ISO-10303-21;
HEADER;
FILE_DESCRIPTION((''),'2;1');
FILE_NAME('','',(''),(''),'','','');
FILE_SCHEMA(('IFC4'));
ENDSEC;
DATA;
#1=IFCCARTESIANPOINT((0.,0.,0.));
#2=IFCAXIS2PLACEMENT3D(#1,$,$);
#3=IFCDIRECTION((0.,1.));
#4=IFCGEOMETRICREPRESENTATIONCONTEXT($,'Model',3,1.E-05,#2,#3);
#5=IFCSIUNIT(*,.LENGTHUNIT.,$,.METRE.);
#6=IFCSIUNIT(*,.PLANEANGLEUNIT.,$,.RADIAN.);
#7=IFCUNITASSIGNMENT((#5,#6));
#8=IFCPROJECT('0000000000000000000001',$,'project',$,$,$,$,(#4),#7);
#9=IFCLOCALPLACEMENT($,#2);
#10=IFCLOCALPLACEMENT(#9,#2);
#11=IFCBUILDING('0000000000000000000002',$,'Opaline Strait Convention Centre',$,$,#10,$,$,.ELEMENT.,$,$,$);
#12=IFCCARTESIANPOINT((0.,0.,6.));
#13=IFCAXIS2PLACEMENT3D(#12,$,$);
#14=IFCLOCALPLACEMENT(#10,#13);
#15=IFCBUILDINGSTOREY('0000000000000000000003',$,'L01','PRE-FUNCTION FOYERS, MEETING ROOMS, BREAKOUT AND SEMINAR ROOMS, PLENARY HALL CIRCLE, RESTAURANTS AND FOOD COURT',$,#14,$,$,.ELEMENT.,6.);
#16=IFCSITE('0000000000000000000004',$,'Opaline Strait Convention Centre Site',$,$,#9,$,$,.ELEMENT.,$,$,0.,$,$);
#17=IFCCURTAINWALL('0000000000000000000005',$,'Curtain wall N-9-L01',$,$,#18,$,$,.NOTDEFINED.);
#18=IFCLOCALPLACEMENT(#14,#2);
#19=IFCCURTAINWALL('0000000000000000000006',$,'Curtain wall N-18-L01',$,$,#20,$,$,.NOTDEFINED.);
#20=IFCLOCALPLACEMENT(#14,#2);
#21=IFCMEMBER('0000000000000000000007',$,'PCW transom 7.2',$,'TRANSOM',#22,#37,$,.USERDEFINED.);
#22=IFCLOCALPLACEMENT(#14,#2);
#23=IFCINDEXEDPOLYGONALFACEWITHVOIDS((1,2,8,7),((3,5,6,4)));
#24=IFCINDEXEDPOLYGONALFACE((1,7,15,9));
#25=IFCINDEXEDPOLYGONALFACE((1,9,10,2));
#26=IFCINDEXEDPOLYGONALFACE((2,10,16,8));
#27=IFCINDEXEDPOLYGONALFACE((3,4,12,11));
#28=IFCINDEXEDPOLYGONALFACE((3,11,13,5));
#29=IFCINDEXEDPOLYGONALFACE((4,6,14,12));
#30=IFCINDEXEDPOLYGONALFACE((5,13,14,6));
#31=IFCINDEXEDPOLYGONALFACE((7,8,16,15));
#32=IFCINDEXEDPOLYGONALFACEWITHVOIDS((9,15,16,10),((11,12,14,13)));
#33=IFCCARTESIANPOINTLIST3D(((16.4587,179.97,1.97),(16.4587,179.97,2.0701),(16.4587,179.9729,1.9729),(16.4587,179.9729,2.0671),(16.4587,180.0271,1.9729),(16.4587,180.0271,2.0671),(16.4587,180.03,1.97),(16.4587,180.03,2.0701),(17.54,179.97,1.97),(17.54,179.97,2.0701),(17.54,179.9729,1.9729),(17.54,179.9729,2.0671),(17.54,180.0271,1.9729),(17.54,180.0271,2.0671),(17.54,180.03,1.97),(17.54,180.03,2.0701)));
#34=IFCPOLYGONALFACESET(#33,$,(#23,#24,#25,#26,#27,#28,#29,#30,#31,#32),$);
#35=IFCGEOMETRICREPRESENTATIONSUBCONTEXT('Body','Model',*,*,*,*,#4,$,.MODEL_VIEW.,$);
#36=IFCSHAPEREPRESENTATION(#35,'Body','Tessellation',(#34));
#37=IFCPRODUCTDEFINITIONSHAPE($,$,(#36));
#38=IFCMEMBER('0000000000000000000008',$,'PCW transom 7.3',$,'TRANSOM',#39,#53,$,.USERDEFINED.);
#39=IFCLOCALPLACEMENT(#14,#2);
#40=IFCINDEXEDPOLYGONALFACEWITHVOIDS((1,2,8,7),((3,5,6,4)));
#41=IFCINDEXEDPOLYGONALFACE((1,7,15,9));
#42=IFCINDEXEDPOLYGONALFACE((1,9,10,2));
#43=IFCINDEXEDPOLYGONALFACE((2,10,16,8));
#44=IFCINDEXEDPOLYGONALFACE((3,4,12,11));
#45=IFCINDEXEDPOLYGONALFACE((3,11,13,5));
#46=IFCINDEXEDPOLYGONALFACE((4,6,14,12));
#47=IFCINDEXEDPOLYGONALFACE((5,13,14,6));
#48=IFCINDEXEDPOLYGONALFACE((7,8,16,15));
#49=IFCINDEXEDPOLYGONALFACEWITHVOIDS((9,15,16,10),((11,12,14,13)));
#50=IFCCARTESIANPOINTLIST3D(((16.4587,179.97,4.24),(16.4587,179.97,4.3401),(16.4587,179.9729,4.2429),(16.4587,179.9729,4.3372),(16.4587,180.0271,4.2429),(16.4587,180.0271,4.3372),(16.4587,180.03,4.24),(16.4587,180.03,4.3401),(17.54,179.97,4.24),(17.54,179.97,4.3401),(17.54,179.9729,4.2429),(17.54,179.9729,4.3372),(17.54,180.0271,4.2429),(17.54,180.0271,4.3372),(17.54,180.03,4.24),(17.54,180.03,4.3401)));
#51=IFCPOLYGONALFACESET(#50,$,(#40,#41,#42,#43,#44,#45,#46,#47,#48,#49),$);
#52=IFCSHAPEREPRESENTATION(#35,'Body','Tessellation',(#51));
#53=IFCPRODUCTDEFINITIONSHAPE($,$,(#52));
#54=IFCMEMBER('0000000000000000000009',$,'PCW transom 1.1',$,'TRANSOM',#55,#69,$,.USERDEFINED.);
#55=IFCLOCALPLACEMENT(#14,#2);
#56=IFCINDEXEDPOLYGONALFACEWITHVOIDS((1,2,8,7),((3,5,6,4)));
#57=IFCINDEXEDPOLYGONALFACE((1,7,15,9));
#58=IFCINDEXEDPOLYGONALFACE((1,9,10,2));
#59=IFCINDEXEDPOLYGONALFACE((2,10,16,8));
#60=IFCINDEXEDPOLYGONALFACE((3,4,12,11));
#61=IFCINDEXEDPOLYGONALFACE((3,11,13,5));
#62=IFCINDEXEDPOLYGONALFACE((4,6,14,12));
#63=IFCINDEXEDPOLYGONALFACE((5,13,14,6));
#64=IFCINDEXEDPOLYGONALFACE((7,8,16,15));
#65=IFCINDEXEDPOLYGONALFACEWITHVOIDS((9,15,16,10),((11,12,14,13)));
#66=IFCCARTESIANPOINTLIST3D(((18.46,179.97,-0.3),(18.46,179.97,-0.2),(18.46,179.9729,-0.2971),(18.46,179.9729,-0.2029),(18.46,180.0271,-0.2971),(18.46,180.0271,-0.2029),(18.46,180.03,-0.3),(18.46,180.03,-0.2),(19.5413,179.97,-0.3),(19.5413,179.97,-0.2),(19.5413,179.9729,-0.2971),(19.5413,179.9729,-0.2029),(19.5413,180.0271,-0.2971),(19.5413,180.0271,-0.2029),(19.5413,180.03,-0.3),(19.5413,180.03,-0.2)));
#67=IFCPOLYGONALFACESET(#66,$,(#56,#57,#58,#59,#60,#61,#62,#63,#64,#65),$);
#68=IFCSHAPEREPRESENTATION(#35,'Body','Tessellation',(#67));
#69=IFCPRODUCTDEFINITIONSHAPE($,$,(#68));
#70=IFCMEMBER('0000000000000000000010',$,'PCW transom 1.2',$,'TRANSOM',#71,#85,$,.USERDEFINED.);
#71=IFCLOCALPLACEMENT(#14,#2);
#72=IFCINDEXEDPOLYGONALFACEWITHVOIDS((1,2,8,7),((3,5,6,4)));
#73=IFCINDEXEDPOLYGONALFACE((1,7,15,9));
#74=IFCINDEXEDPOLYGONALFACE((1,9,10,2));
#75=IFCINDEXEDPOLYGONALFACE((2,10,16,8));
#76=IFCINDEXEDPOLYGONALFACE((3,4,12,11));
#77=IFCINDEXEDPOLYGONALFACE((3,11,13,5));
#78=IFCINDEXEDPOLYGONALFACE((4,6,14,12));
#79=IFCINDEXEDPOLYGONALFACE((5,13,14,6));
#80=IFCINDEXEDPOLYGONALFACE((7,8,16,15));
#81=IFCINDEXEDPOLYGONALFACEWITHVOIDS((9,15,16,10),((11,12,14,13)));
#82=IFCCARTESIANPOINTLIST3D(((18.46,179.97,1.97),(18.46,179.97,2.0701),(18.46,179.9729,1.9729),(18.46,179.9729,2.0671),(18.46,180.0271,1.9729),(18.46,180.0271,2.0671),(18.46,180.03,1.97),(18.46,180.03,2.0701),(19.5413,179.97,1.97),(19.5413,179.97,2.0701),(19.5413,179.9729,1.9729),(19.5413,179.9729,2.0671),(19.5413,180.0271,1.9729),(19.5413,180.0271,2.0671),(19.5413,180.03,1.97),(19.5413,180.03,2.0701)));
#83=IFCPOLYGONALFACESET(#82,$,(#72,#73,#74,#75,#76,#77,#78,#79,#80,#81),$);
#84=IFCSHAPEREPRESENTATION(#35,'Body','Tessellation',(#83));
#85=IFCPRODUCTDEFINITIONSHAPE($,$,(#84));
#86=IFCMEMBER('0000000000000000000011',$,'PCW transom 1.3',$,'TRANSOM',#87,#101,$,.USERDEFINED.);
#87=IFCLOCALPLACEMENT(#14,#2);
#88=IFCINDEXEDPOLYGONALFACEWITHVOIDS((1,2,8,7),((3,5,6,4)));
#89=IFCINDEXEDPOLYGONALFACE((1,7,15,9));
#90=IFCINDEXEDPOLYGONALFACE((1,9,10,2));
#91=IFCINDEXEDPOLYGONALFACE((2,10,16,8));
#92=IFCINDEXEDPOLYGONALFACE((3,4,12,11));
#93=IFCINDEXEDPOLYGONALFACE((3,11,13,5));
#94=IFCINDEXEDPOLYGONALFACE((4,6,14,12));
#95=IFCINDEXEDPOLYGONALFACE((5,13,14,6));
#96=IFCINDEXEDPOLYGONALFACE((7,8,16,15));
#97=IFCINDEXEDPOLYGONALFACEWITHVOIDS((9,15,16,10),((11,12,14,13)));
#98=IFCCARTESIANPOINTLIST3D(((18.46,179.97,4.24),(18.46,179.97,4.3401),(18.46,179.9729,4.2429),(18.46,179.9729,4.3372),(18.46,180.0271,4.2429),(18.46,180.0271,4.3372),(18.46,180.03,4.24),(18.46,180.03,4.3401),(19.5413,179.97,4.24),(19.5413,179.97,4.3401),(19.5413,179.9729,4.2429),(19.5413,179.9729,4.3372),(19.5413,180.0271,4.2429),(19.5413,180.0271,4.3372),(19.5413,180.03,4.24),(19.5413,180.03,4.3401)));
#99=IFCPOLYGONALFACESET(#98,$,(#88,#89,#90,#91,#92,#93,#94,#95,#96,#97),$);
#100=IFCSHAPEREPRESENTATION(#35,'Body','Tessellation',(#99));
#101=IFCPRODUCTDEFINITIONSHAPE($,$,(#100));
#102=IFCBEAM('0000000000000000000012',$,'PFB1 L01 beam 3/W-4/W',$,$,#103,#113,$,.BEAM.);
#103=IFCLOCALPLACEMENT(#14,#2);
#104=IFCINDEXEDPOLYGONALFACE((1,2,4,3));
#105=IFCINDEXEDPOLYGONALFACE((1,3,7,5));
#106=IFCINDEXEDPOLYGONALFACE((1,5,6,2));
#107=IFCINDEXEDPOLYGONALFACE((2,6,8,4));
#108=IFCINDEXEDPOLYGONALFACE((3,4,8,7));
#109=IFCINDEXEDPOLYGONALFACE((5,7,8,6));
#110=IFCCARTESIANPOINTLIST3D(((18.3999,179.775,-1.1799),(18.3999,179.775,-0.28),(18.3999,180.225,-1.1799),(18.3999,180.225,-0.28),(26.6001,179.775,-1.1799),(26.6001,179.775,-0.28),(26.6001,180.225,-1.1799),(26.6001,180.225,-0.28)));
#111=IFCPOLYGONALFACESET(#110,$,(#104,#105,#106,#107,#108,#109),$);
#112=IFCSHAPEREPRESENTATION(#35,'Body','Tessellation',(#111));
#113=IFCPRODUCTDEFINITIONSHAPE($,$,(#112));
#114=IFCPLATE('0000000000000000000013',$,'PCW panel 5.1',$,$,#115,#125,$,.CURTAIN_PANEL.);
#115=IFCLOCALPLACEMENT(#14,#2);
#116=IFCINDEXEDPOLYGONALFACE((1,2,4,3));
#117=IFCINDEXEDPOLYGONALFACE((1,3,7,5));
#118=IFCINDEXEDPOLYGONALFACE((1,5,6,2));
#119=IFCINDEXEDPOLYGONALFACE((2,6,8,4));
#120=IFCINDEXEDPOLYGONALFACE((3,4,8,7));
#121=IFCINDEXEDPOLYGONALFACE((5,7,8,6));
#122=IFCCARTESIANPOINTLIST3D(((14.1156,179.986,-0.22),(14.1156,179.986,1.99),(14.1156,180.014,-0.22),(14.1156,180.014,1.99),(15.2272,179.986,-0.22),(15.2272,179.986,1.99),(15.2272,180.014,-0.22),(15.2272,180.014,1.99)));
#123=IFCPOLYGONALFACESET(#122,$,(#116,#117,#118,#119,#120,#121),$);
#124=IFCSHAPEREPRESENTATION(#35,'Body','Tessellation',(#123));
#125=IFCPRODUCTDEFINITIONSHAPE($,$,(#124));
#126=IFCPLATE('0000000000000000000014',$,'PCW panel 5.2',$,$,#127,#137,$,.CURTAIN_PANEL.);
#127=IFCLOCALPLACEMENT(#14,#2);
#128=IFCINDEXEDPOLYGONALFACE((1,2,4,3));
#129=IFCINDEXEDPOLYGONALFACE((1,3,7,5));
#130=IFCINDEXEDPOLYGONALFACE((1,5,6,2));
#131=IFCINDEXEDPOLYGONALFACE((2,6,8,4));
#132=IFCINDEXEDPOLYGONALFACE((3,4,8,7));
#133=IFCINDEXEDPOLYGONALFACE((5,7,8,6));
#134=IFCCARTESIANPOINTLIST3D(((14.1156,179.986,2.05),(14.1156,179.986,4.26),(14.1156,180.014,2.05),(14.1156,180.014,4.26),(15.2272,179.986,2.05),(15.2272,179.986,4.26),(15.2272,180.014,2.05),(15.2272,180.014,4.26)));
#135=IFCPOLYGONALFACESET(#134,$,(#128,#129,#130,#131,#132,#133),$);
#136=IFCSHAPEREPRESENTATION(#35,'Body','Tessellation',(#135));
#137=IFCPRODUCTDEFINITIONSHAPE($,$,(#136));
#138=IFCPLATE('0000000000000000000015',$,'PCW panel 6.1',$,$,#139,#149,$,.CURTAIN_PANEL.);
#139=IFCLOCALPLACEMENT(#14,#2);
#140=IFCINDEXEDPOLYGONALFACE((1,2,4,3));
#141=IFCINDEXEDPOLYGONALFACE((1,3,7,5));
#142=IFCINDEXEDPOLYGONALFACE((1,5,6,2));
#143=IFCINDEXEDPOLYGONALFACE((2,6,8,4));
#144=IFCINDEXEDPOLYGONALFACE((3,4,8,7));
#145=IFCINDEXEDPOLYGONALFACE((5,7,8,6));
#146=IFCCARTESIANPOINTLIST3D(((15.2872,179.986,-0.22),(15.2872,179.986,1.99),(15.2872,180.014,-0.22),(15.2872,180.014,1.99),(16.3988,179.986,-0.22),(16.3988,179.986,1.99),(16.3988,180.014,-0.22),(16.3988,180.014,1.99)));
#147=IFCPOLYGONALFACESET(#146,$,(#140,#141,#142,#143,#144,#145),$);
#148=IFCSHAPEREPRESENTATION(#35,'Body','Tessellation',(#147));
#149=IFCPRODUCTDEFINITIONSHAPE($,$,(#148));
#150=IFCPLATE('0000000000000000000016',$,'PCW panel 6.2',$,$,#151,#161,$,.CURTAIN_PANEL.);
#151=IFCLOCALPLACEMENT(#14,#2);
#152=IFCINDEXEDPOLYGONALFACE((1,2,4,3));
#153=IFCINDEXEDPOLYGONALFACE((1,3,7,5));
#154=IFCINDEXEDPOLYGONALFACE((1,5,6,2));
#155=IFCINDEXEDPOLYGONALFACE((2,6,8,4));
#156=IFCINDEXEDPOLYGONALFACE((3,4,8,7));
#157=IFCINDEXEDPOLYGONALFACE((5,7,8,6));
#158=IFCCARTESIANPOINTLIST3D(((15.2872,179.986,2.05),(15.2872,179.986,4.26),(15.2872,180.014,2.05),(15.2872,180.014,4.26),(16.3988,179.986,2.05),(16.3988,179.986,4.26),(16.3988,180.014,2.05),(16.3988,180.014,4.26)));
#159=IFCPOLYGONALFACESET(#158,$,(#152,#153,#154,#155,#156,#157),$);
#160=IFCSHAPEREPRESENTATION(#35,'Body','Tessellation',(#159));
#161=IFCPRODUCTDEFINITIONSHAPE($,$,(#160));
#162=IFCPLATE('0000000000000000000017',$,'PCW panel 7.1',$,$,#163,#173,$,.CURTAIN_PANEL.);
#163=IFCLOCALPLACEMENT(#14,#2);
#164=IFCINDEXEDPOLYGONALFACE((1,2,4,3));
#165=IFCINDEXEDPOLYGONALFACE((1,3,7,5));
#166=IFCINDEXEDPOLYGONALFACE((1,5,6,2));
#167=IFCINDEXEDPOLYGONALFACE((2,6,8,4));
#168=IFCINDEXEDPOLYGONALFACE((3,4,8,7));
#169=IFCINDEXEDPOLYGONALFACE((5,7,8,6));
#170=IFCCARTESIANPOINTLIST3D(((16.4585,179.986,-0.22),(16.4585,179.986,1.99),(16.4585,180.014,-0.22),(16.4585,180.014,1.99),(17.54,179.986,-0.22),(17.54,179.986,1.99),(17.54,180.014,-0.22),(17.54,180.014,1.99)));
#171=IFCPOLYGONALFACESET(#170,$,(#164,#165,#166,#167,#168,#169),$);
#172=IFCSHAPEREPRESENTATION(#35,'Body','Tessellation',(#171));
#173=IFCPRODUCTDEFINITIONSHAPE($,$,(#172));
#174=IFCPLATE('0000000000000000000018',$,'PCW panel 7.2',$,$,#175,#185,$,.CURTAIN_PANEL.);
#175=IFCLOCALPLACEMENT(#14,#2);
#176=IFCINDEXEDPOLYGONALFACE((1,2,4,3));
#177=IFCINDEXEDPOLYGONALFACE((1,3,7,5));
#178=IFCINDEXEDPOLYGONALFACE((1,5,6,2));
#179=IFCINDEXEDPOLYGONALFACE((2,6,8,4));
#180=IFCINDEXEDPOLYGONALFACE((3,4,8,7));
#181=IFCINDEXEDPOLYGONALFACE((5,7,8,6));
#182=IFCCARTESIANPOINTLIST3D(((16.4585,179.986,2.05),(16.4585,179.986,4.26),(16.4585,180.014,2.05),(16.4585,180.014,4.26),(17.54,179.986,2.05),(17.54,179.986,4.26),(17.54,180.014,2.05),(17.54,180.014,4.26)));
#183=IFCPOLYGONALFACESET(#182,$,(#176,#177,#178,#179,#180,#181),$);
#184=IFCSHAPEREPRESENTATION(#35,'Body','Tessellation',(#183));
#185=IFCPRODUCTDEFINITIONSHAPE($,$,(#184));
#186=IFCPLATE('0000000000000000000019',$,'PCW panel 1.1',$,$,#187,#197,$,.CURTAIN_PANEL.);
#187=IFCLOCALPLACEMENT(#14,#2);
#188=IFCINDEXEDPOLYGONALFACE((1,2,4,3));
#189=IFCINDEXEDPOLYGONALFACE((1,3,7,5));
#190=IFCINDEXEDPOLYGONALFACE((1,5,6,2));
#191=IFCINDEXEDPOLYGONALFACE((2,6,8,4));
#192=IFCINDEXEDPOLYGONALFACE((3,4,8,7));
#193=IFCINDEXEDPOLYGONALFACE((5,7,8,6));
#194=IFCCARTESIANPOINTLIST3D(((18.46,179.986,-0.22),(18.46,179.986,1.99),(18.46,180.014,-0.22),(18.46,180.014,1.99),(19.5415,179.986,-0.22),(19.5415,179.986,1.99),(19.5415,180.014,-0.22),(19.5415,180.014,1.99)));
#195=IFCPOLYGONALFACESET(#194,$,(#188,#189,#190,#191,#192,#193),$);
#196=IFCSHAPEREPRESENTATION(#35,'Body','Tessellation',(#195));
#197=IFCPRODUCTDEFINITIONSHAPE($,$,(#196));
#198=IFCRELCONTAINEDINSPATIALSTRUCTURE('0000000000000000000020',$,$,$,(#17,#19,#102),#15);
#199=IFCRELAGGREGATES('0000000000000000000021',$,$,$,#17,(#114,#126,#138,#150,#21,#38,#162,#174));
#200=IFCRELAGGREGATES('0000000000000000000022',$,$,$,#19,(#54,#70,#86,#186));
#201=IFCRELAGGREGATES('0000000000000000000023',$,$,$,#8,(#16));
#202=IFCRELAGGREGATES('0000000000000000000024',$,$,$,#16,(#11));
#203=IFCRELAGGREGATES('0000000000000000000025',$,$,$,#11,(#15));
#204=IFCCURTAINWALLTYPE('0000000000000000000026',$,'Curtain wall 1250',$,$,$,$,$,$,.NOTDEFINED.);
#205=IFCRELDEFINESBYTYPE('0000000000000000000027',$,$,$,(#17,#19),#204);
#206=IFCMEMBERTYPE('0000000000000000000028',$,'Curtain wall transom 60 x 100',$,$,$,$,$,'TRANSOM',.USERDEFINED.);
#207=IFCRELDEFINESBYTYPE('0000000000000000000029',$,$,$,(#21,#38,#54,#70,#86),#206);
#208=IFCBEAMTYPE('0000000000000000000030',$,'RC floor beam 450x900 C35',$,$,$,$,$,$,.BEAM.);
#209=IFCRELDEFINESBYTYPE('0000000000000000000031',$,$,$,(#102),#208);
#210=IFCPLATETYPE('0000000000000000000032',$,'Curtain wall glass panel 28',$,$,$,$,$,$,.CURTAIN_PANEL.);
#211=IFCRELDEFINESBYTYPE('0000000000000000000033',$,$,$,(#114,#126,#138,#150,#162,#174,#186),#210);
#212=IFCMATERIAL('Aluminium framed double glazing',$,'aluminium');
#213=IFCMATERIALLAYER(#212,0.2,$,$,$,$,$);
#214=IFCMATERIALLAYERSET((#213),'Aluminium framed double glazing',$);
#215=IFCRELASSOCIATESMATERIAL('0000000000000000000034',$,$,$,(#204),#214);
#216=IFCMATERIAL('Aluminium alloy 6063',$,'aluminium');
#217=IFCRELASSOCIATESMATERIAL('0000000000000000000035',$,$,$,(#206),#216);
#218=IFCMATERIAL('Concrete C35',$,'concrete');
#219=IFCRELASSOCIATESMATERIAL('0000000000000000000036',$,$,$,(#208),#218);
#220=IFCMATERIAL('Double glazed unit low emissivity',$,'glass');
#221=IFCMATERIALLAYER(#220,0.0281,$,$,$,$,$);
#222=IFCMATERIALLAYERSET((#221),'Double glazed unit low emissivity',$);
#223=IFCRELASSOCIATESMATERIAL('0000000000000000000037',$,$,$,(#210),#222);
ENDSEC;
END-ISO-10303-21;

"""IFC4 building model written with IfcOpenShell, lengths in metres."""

from ifc_helpers import new_model, si_unit, direction, frame, origin, origin_2d, place, context, subcontext, project, spatial, rectangle, hollow_rectangle, extrude, material, layer, layer_set, material_profile, profile_set, type_object, element, aggregate, save


model = new_model("IFC4")

# Units and contexts
model_context = context("Model", 3, precision=1e-05, world=origin(), true_north=direction((0.0, 1.0)))
body_context = subcontext(model_context, "Body", "Model", "MODEL_VIEW")
ifc_project = project(units=[si_unit("LENGTHUNIT", "METRE"), si_unit("PLANEANGLEUNIT", "RADIAN")], contexts=[model_context])

# Site, building, storey
site_placement = place(None, origin())
site = spatial("IfcSite", under=ifc_project, at=site_placement, Name="Opaline Strait Convention Centre Site", CompositionType="ELEMENT", RefElevation=0.0)
building_placement = place(site_placement, origin())
building = spatial("IfcBuilding", under=site, at=building_placement, Name="Opaline Strait Convention Centre", CompositionType="ELEMENT")
storey_placement = place(building_placement, frame((0.0, 0.0, 6.0)))
storey = spatial("IfcBuildingStorey", under=building, at=storey_placement, Name="L01", Description="PRE-FUNCTION FOYERS, MEETING ROOMS, BREAKOUT AND SEMINAR ROOMS, PLENARY HALL CIRCLE, RESTAURANTS AND FOOD COURT", CompositionType="ELEMENT", Elevation=6.0)

# Curtain wall
ifc_material_1 = material(Name="Aluminium framed double glazing", Category="aluminium")
ifc_layer_1 = layer(ifc_material_1, 0.2)
ifc_layer_set_1 = layer_set([ifc_layer_1], Name="Aluminium framed double glazing")
curtain_wall_type = type_object("IfcCurtainWallType", Name="Curtain wall 1250", PredefinedType="NOTDEFINED", material=ifc_layer_set_1)
curtain_wall_1_placement = place(storey_placement, origin())
curtain_wall_1 = element("IfcCurtainWall", 1, at=curtain_wall_1_placement, inside=storey, type_object=curtain_wall_type, Name="Curtain wall N-9-L01", PredefinedType="NOTDEFINED")
ifc_material_2 = material(Name="Aluminium alloy 6063", Category="aluminium")

# Curtain wall
curtain_wall_2_placement = place(storey_placement, origin())
curtain_wall_2 = element("IfcCurtainWall", 2, at=curtain_wall_2_placement, inside=storey, type_object=curtain_wall_type, Name="Curtain wall N-18-L01", PredefinedType="NOTDEFINED")

# Members
ifc_material_profile_1 = material_profile(ifc_material_2, hollow_rectangle(XDim=0.0601, YDim=0.1001, WallThickness=0.0029, at=origin_2d()), Name="TRANSOM 60x100x3")
ifc_profile_set_1 = profile_set([ifc_material_profile_1], Name="Aluminium alloy 6063")
member_type_1 = type_object("IfcMemberType", Name="Curtain wall transom 60 x 100", ElementType="TRANSOM", PredefinedType="USERDEFINED", material=ifc_profile_set_1)
member_1_placement = place(storey_placement, frame((16.4587, 180.0, 2.02), z_axis=(1.0, 0.0, 0.0), x_axis=(0.0, 1.0, 0.0)))
member_1 = element("IfcMember", 3, at=member_1_placement, type_object=member_type_1, Name="PCW transom 7.2", ObjectType="TRANSOM", PredefinedType="USERDEFINED", context=body_context, shape_type="SweptSolid", body=[
    extrude(hollow_rectangle(XDim=0.0601, YDim=0.1001, WallThickness=0.0029, at=origin_2d()), origin(), (0.0, 0.0, 1.0), 1.0813),
])
member_2_placement = place(storey_placement, frame((16.4587, 180.0, 4.29), z_axis=(1.0, 0.0, 0.0), x_axis=(0.0, 1.0, 0.0)))
member_2 = element("IfcMember", 4, at=member_2_placement, type_object=member_type_1, Name="PCW transom 7.3", ObjectType="TRANSOM", PredefinedType="USERDEFINED", context=body_context, shape_type="SweptSolid", body=[
    extrude(hollow_rectangle(XDim=0.0601, YDim=0.1001, WallThickness=0.0029, at=origin_2d()), origin(), (0.0, 0.0, 1.0), 1.0813),
])
member_3_placement = place(storey_placement, frame((18.46, 180.0, -0.25), z_axis=(1.0, 0.0, 0.0), x_axis=(0.0, 1.0, 0.0)))
member_3 = element("IfcMember", 5, at=member_3_placement, type_object=member_type_1, Name="PCW transom 1.1", ObjectType="TRANSOM", PredefinedType="USERDEFINED", context=body_context, shape_type="SweptSolid", body=[
    extrude(hollow_rectangle(XDim=0.0601, YDim=0.1001, WallThickness=0.0029, at=origin_2d()), origin(), (0.0, 0.0, 1.0), 1.0813),
])
member_4_placement = place(storey_placement, frame((18.46, 180.0, 2.02), z_axis=(1.0, 0.0, 0.0), x_axis=(0.0, 1.0, 0.0)))
member_4 = element("IfcMember", 6, at=member_4_placement, type_object=member_type_1, Name="PCW transom 1.2", ObjectType="TRANSOM", PredefinedType="USERDEFINED", context=body_context, shape_type="SweptSolid", body=[
    extrude(hollow_rectangle(XDim=0.0601, YDim=0.1001, WallThickness=0.0029, at=origin_2d()), origin(), (0.0, 0.0, 1.0), 1.0813),
])
member_5_placement = place(storey_placement, frame((18.46, 180.0, 4.29), z_axis=(1.0, 0.0, 0.0), x_axis=(0.0, 1.0, 0.0)))
member_5 = element("IfcMember", 7, at=member_5_placement, type_object=member_type_1, Name="PCW transom 1.3", ObjectType="TRANSOM", PredefinedType="USERDEFINED", context=body_context, shape_type="SweptSolid", body=[
    extrude(hollow_rectangle(XDim=0.0601, YDim=0.1001, WallThickness=0.0029, at=origin_2d()), origin(), (0.0, 0.0, 1.0), 1.0813),
])

# Beam
ifc_material_3 = material(Name="Concrete C35", Category="concrete")
ifc_material_profile_2 = material_profile(ifc_material_3, rectangle(XDim=0.45, YDim=0.8999, at=origin_2d()), Name="RC 450x900")
ifc_profile_set_2 = profile_set([ifc_material_profile_2], Name="Concrete C35")
beam_type = type_object("IfcBeamType", Name="RC floor beam 450x900 C35", PredefinedType="BEAM", material=ifc_profile_set_2)
beam_placement = place(storey_placement, frame((18.3999, 180.0, -0.73), z_axis=(1.0, 0.0, 0.0), x_axis=(0.0, 1.0, 0.0)))
element("IfcBeam", 8, at=beam_placement, inside=storey, type_object=beam_type, Name="PFB1 L01 beam 3/W-4/W", PredefinedType="BEAM", context=body_context, shape_type="SweptSolid", body=[
    extrude(rectangle(XDim=0.45, YDim=0.8999, at=origin_2d()), origin(), (0.0, 0.0, 1.0), 8.2002),
])

# Plates
ifc_material_4 = material(Name="Double glazed unit low emissivity", Category="glass")
ifc_layer_2 = layer(ifc_material_4, 0.0281)
ifc_layer_set_2 = layer_set([ifc_layer_2], Name="Double glazed unit low emissivity")
plate_type = type_object("IfcPlateType", Name="Curtain wall glass panel 28", PredefinedType="CURTAIN_PANEL", material=ifc_layer_set_2)
plate_1_placement = place(storey_placement, frame((14.6714, 180.0, -0.22), z_axis=(0.0, 0.0, 1.0), x_axis=(1.0, 0.0, 0.0)))
plate_1 = element("IfcPlate", 9, at=plate_1_placement, type_object=plate_type, Name="PCW panel 5.1", PredefinedType="CURTAIN_PANEL", context=body_context, shape_type="SweptSolid", body=[
    extrude(rectangle(XDim=1.1116, YDim=0.0281, at=origin_2d()), origin(), (0.0, 0.0, 1.0), 2.21),
])
plate_2_placement = place(storey_placement, frame((14.6714, 180.0, 2.05), z_axis=(0.0, 0.0, 1.0), x_axis=(1.0, 0.0, 0.0)))
plate_2 = element("IfcPlate", 10, at=plate_2_placement, type_object=plate_type, Name="PCW panel 5.2", PredefinedType="CURTAIN_PANEL", context=body_context, shape_type="SweptSolid", body=[
    extrude(rectangle(XDim=1.1116, YDim=0.0281, at=origin_2d()), origin(), (0.0, 0.0, 1.0), 2.21),
])
plate_3_placement = place(storey_placement, frame((15.843, 180.0, -0.22), z_axis=(0.0, 0.0, 1.0), x_axis=(1.0, 0.0, 0.0)))
plate_3 = element("IfcPlate", 11, at=plate_3_placement, type_object=plate_type, Name="PCW panel 6.1", PredefinedType="CURTAIN_PANEL", context=body_context, shape_type="SweptSolid", body=[
    extrude(rectangle(XDim=1.1116, YDim=0.0281, at=origin_2d()), origin(), (0.0, 0.0, 1.0), 2.21),
])
plate_4_placement = place(storey_placement, frame((15.843, 180.0, 2.05), z_axis=(0.0, 0.0, 1.0), x_axis=(1.0, 0.0, 0.0)))
plate_4 = element("IfcPlate", 12, at=plate_4_placement, type_object=plate_type, Name="PCW panel 6.2", PredefinedType="CURTAIN_PANEL", context=body_context, shape_type="SweptSolid", body=[
    extrude(rectangle(XDim=1.1116, YDim=0.0281, at=origin_2d()), origin(), (0.0, 0.0, 1.0), 2.21),
])
plate_5_placement = place(storey_placement, frame((16.9993, 180.0, -0.22), z_axis=(0.0, 0.0, 1.0), x_axis=(1.0, 0.0, 0.0)))
plate_5 = element("IfcPlate", 13, at=plate_5_placement, type_object=plate_type, Name="PCW panel 7.1", PredefinedType="CURTAIN_PANEL", context=body_context, shape_type="SweptSolid", body=[
    extrude(rectangle(XDim=1.0815, YDim=0.0281, at=origin_2d()), origin(), (0.0, 0.0, 1.0), 2.21),
])
plate_6_placement = place(storey_placement, frame((16.9993, 180.0, 2.05), z_axis=(0.0, 0.0, 1.0), x_axis=(1.0, 0.0, 0.0)))
plate_6 = element("IfcPlate", 14, at=plate_6_placement, type_object=plate_type, Name="PCW panel 7.2", PredefinedType="CURTAIN_PANEL", context=body_context, shape_type="SweptSolid", body=[
    extrude(rectangle(XDim=1.0815, YDim=0.0281, at=origin_2d()), origin(), (0.0, 0.0, 1.0), 2.21),
])
aggregate(curtain_wall_1, [plate_1, plate_2, plate_3, plate_4, member_1, member_2, plate_5, plate_6])
plate_7_placement = place(storey_placement, frame((19.0007, 180.0, -0.22), z_axis=(0.0, 0.0, 1.0), x_axis=(1.0, 0.0, 0.0)))
plate_7 = element("IfcPlate", 15, at=plate_7_placement, type_object=plate_type, Name="PCW panel 1.1", PredefinedType="CURTAIN_PANEL", context=body_context, shape_type="SweptSolid", body=[
    extrude(rectangle(XDim=1.0815, YDim=0.0281, at=origin_2d()), origin(), (0.0, 0.0, 1.0), 2.21),
])
aggregate(curtain_wall_2, [member_3, member_4, member_5, plate_7])

save(model, "model.ifc")
